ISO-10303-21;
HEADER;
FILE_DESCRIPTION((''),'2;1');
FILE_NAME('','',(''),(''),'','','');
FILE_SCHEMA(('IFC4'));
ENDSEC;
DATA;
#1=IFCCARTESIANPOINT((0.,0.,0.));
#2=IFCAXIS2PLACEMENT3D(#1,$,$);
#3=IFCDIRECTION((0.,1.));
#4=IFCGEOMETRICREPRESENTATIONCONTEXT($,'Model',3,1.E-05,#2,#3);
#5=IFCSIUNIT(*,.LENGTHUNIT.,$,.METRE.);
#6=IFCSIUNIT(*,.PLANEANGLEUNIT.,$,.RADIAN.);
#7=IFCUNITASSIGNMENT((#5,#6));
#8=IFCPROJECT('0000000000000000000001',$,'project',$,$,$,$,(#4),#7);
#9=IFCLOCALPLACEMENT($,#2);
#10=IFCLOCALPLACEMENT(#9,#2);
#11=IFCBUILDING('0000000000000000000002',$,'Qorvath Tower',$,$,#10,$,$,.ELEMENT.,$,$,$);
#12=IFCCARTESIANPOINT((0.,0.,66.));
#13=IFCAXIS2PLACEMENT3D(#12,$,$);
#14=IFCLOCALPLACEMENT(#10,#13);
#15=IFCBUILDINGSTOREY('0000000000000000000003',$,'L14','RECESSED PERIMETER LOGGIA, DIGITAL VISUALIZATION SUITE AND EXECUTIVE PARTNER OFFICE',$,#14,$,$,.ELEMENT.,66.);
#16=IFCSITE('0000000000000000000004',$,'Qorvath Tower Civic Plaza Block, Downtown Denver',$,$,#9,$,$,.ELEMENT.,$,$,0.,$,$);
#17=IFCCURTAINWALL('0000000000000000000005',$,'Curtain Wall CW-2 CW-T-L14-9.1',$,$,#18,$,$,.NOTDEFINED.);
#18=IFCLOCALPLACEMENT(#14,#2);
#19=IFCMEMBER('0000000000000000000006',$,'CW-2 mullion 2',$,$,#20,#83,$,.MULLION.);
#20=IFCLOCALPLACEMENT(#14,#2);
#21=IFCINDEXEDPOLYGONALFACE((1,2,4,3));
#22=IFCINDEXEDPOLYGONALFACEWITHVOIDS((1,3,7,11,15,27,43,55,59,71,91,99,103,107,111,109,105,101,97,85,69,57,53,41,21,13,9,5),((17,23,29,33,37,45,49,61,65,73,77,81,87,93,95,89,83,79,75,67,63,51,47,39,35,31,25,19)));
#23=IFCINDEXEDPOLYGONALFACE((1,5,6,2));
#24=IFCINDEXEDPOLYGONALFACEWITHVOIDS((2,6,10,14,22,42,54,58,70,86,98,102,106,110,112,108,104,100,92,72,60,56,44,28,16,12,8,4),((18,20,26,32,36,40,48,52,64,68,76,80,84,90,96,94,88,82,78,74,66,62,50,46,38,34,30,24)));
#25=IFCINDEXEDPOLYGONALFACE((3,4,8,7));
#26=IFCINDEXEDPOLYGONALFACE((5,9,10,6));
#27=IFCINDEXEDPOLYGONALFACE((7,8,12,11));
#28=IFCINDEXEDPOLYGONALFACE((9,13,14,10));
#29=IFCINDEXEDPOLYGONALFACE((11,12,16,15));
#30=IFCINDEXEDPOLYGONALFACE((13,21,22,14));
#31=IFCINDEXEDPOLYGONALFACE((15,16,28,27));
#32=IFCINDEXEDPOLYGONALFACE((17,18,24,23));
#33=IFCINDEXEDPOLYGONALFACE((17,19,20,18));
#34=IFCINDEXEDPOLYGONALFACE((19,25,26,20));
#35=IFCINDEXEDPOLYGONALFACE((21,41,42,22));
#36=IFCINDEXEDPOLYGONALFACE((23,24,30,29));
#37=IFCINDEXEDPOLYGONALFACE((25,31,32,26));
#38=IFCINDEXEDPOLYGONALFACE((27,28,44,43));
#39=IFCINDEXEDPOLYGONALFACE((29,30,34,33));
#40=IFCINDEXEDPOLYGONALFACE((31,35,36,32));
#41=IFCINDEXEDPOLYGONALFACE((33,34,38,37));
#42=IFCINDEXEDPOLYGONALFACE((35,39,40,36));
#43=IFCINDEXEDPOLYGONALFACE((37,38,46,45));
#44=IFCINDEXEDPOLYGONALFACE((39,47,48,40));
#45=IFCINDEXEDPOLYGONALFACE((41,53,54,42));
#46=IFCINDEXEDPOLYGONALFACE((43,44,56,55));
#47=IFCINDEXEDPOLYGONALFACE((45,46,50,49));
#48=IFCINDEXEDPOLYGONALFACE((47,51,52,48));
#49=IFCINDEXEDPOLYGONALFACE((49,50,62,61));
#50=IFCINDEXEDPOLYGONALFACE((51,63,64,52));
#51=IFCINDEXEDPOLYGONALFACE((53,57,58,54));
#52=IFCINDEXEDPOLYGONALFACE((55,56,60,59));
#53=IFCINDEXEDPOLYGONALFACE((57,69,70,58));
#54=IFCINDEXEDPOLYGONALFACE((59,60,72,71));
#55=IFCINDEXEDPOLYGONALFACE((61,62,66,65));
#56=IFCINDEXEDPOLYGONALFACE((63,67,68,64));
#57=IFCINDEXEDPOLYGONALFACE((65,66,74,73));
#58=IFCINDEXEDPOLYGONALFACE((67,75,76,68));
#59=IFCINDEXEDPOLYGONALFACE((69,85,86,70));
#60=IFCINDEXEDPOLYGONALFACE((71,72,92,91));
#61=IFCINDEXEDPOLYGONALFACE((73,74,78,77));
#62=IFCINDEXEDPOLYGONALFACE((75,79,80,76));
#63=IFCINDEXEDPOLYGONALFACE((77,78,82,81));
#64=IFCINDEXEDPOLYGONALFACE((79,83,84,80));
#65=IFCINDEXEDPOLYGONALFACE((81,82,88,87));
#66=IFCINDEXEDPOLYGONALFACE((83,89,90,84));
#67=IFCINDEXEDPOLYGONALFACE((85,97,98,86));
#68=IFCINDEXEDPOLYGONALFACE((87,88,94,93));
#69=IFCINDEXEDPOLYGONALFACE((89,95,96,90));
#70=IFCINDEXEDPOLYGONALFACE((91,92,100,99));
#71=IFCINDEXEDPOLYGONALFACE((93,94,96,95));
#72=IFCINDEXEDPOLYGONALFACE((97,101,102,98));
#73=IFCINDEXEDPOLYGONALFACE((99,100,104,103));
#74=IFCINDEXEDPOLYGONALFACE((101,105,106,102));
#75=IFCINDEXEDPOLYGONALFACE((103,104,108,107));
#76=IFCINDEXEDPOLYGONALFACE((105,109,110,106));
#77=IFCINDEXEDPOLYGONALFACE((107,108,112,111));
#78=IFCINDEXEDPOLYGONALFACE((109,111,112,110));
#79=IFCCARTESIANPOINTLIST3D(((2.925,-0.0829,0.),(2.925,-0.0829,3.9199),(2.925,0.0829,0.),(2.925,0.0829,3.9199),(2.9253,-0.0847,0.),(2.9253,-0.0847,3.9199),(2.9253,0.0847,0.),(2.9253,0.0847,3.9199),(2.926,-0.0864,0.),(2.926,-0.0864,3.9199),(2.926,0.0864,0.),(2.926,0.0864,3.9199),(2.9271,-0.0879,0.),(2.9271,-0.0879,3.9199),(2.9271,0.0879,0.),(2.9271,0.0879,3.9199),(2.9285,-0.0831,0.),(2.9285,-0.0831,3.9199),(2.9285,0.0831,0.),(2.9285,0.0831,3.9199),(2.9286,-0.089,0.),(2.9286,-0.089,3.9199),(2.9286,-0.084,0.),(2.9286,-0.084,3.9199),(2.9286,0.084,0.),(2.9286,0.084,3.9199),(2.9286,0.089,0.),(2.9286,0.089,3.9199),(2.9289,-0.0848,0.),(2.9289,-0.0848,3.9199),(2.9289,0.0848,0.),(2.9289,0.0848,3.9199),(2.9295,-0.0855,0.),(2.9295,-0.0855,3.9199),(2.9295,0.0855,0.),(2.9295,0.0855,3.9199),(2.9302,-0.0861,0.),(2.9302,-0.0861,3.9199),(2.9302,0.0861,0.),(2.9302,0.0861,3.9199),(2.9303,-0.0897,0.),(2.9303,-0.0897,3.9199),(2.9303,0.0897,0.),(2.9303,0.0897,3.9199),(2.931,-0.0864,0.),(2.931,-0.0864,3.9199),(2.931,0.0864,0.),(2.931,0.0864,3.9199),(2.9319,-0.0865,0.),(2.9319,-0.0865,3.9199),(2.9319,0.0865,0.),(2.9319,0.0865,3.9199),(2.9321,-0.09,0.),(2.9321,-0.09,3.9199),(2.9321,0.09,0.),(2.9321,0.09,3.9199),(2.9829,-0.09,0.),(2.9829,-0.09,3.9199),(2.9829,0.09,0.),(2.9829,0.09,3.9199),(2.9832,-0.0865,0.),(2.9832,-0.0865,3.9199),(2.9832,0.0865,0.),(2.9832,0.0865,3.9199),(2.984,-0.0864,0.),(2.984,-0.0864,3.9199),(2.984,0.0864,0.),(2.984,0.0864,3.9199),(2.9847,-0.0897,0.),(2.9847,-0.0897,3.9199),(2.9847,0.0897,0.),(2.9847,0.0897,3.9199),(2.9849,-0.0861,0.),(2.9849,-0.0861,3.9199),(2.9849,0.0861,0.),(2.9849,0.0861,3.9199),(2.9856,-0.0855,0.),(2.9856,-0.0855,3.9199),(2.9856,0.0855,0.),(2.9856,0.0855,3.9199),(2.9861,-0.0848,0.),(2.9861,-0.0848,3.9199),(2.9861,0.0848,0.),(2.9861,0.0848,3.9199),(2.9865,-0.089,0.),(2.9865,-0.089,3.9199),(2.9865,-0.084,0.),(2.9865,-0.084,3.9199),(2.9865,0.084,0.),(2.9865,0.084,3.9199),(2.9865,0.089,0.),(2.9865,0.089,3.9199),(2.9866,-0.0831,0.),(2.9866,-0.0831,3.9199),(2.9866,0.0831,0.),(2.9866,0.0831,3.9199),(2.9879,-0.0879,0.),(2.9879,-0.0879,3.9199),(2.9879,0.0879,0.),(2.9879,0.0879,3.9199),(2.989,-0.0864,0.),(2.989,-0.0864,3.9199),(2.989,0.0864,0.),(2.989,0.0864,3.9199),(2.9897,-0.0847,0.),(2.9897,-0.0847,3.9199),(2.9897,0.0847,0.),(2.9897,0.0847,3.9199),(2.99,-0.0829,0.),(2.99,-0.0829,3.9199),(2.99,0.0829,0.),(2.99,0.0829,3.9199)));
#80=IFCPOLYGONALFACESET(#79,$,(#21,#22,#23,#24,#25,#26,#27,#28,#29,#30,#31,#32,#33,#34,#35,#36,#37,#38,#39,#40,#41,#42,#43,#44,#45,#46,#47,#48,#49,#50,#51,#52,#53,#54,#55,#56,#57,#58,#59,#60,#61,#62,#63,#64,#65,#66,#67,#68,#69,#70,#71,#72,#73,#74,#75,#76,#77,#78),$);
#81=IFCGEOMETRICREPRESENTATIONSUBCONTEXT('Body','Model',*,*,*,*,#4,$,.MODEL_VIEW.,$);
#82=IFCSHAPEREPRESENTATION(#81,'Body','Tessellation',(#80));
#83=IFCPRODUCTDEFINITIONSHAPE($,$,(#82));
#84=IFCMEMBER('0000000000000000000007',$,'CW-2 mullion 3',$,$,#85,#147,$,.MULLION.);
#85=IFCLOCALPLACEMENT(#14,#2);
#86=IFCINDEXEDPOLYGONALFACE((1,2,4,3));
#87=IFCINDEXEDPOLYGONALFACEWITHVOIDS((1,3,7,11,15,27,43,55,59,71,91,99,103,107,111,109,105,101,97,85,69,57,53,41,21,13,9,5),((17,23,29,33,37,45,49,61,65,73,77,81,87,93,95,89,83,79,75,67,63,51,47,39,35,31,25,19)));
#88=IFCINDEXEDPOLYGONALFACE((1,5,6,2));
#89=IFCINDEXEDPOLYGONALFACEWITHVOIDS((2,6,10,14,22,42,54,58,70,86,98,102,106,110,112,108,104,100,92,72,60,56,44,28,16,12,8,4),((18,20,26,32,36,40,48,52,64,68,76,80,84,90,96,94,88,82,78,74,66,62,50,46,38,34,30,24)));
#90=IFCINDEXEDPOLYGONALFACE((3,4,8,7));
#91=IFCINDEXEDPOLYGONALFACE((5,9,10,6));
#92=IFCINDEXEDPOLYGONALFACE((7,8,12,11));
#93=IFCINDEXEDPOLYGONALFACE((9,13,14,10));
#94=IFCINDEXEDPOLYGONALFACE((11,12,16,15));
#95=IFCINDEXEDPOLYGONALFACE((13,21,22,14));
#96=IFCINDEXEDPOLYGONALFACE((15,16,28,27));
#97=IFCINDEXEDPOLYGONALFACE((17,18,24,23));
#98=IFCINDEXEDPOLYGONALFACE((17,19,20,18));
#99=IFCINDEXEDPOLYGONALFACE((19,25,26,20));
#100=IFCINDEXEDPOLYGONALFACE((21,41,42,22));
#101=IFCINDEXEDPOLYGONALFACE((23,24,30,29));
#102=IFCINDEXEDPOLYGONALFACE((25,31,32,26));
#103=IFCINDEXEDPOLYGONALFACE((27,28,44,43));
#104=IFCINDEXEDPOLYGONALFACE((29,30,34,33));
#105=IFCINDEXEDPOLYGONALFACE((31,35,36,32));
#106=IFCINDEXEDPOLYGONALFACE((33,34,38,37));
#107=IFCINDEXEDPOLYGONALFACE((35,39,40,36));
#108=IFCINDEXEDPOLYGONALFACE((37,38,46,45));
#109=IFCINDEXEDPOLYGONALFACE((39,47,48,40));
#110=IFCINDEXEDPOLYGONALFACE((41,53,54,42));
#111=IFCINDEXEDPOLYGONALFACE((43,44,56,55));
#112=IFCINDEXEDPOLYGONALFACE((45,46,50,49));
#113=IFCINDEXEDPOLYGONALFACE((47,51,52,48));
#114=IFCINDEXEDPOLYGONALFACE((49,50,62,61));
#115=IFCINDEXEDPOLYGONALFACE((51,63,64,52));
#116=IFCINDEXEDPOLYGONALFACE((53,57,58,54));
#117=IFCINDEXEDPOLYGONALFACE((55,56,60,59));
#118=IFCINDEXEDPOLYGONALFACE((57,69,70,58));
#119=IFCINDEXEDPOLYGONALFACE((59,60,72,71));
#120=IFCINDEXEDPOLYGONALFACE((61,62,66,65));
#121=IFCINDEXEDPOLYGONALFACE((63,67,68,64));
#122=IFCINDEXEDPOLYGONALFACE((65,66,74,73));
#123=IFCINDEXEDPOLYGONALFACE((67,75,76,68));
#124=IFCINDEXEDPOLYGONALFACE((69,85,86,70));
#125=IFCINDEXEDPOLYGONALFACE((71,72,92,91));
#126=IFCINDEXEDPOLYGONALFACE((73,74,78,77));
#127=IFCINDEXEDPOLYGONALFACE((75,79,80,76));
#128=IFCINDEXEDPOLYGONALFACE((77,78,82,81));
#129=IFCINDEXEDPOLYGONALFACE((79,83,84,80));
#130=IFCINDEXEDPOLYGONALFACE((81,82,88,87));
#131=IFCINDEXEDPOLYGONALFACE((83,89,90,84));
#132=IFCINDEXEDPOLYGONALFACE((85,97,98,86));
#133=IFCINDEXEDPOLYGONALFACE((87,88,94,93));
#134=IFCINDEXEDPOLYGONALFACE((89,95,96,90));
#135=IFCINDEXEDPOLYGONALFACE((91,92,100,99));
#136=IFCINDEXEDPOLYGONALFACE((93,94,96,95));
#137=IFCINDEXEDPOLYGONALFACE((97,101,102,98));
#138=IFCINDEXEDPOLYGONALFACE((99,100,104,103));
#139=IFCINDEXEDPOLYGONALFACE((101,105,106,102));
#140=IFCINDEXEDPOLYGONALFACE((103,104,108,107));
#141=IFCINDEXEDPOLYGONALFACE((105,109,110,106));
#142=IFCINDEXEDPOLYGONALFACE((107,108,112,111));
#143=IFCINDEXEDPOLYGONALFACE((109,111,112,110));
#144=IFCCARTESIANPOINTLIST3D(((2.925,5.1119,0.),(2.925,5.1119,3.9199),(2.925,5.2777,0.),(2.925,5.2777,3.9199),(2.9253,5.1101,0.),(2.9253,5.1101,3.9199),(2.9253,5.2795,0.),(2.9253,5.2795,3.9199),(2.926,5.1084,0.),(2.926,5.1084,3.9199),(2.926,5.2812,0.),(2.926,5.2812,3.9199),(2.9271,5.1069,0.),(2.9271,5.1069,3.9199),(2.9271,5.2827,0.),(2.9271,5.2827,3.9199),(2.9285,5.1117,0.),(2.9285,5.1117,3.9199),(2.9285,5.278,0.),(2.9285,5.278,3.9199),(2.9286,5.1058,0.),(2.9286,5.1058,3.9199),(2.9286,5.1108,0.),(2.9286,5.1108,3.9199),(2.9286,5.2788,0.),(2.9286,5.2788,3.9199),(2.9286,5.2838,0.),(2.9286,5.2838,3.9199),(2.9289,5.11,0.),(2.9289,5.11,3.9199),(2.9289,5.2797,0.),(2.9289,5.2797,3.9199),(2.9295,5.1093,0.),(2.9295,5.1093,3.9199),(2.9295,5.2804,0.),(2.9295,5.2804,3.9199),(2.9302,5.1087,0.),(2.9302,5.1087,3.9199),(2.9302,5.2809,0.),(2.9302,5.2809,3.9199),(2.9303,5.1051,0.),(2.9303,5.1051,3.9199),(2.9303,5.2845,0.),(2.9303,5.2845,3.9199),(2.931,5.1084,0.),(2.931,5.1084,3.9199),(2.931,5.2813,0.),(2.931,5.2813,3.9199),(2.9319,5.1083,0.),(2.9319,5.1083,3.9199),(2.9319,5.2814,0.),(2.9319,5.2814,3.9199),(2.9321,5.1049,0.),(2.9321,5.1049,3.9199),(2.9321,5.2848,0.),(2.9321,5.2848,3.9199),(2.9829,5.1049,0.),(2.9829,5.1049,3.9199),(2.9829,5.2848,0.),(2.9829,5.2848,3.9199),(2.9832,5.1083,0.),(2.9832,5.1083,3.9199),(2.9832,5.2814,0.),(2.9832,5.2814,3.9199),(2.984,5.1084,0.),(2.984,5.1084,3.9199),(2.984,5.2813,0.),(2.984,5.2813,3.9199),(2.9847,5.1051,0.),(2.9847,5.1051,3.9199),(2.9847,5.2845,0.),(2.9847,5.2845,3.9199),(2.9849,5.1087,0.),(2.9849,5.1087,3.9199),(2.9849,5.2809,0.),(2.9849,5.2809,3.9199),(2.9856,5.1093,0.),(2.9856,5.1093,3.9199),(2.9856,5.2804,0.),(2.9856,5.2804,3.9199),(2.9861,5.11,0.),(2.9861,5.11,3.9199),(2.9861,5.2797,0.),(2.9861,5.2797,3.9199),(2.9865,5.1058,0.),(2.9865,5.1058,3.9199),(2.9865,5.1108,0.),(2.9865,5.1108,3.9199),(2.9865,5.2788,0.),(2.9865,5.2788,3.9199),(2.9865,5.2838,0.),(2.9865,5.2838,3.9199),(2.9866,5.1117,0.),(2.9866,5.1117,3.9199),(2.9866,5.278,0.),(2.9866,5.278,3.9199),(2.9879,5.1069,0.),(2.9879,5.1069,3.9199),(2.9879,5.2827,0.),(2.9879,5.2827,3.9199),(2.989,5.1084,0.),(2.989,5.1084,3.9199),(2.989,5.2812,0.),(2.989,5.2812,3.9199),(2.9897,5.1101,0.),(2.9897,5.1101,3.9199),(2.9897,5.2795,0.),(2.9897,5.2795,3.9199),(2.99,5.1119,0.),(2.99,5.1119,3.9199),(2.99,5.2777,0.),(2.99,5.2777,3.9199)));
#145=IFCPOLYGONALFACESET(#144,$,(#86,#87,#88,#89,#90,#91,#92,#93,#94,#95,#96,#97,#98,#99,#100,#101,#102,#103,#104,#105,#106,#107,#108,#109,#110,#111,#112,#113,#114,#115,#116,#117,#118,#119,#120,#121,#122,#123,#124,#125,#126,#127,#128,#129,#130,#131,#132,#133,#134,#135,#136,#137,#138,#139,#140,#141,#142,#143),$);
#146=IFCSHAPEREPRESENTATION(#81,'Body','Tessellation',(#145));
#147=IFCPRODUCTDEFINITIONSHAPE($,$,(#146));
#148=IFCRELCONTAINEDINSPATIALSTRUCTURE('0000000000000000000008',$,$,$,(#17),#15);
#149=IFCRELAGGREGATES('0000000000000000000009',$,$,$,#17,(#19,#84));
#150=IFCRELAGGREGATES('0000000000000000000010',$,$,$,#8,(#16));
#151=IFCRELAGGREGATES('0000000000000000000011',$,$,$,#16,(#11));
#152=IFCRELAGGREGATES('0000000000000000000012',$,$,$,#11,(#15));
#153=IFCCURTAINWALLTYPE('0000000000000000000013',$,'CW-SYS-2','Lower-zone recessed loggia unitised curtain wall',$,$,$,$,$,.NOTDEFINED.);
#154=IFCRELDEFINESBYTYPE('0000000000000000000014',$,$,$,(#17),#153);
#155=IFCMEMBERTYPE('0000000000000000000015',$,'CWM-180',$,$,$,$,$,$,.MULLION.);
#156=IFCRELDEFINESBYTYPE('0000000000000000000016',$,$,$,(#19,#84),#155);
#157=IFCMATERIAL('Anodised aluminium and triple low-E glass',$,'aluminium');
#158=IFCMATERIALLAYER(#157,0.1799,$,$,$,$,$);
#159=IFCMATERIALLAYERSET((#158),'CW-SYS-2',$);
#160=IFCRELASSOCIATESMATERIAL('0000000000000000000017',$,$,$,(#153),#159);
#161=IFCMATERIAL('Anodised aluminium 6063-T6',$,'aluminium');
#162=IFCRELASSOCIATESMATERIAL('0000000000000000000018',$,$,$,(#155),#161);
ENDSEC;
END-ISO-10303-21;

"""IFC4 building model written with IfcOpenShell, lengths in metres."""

from ifc_helpers import new_model, si_unit, direction, frame, origin, origin_2d, place, context, subcontext, project, spatial, hollow_rectangle, extrude, material, layer, layer_set, material_profile, profile_set, type_object, element, aggregate, save


model = new_model("IFC4")

# Units and contexts
model_context = context("Model", 3, precision=1e-05, world=origin(), true_north=direction((0.0, 1.0)))
body_context = subcontext(model_context, "Body", "Model", "MODEL_VIEW")
ifc_project = project(units=[si_unit("LENGTHUNIT", "METRE"), si_unit("PLANEANGLEUNIT", "RADIAN")], contexts=[model_context])

# Site, building, storey
site_placement = place(None, origin())
site = spatial("IfcSite", under=ifc_project, at=site_placement, Name="Qorvath Tower Civic Plaza Block, Downtown Denver", CompositionType="ELEMENT", RefElevation=0.0)
building_placement = place(site_placement, origin())
building = spatial("IfcBuilding", under=site, at=building_placement, Name="Qorvath Tower", CompositionType="ELEMENT")
storey_placement = place(building_placement, frame((0.0, 0.0, 66.0)))
storey = spatial("IfcBuildingStorey", under=building, at=storey_placement, Name="L14", Description="RECESSED PERIMETER LOGGIA, DIGITAL VISUALIZATION SUITE AND EXECUTIVE PARTNER OFFICE", CompositionType="ELEMENT", Elevation=66.0)

# Curtain wall, members
ifc_material_1 = material(Name="Anodised aluminium and triple low-E glass", Category="aluminium")
ifc_layer_1 = layer(ifc_material_1, 0.1799)
ifc_layer_set_1 = layer_set([ifc_layer_1], Name="CW-SYS-2")
curtain_wall_type = type_object("IfcCurtainWallType", Name="CW-SYS-2", Description="Lower-zone recessed loggia unitised curtain wall", PredefinedType="NOTDEFINED", material=ifc_layer_set_1)
curtain_wall_1_placement = place(storey_placement, origin())
curtain_wall_1 = element("IfcCurtainWall", 1, at=curtain_wall_1_placement, inside=storey, type_object=curtain_wall_type, Name="Curtain Wall CW-2 CW-T-L14-9.1", PredefinedType="NOTDEFINED")
ifc_material_2 = material(Name="Anodised aluminium 6063-T6", Category="aluminium")
ifc_material_profile_1 = material_profile(ifc_material_2, hollow_rectangle(XDim=0.0649, YDim=0.1799, WallThickness=0.0034, InnerFilletRadius=0.0034, OuterFilletRadius=0.0071, at=origin_2d()), Name="CWM 180x65")
ifc_profile_set_1 = profile_set([ifc_material_profile_1], Name="Anodised aluminium 6063-T6")
member_type_1 = type_object("IfcMemberType", Name="CWM-180", PredefinedType="MULLION", material=ifc_profile_set_1)
member_1_placement = place(storey_placement, frame((2.9575, 0.0, 0.0), z_axis=(0.0, 0.0, 1.0), x_axis=(-1.0, 0.0, 0.0)))
member_1 = element("IfcMember", 2, at=member_1_placement, type_object=member_type_1, Name="CW-2 mullion 2", PredefinedType="MULLION", context=body_context, shape_type="SweptSolid", body=[
    extrude(hollow_rectangle(XDim=0.0649, YDim=0.1799, WallThickness=0.0034, InnerFilletRadius=0.0034, OuterFilletRadius=0.0071, at=origin_2d()), origin(), (0.0, 0.0, 1.0), 3.9199),
])
member_2_placement = place(storey_placement, frame((2.9575, 5.1948, 0.0), z_axis=(0.0, 0.0, 1.0), x_axis=(-1.0, 0.0, 0.0)))
member_2 = element("IfcMember", 3, at=member_2_placement, type_object=member_type_1, Name="CW-2 mullion 3", PredefinedType="MULLION", context=body_context, shape_type="SweptSolid", body=[
    extrude(hollow_rectangle(XDim=0.0649, YDim=0.1799, WallThickness=0.0034, InnerFilletRadius=0.0034, OuterFilletRadius=0.0071, at=origin_2d()), origin(), (0.0, 0.0, 1.0), 3.9199),
])

aggregate(curtain_wall_1, [member_1, member_2])

save(model, "model.ifc")
